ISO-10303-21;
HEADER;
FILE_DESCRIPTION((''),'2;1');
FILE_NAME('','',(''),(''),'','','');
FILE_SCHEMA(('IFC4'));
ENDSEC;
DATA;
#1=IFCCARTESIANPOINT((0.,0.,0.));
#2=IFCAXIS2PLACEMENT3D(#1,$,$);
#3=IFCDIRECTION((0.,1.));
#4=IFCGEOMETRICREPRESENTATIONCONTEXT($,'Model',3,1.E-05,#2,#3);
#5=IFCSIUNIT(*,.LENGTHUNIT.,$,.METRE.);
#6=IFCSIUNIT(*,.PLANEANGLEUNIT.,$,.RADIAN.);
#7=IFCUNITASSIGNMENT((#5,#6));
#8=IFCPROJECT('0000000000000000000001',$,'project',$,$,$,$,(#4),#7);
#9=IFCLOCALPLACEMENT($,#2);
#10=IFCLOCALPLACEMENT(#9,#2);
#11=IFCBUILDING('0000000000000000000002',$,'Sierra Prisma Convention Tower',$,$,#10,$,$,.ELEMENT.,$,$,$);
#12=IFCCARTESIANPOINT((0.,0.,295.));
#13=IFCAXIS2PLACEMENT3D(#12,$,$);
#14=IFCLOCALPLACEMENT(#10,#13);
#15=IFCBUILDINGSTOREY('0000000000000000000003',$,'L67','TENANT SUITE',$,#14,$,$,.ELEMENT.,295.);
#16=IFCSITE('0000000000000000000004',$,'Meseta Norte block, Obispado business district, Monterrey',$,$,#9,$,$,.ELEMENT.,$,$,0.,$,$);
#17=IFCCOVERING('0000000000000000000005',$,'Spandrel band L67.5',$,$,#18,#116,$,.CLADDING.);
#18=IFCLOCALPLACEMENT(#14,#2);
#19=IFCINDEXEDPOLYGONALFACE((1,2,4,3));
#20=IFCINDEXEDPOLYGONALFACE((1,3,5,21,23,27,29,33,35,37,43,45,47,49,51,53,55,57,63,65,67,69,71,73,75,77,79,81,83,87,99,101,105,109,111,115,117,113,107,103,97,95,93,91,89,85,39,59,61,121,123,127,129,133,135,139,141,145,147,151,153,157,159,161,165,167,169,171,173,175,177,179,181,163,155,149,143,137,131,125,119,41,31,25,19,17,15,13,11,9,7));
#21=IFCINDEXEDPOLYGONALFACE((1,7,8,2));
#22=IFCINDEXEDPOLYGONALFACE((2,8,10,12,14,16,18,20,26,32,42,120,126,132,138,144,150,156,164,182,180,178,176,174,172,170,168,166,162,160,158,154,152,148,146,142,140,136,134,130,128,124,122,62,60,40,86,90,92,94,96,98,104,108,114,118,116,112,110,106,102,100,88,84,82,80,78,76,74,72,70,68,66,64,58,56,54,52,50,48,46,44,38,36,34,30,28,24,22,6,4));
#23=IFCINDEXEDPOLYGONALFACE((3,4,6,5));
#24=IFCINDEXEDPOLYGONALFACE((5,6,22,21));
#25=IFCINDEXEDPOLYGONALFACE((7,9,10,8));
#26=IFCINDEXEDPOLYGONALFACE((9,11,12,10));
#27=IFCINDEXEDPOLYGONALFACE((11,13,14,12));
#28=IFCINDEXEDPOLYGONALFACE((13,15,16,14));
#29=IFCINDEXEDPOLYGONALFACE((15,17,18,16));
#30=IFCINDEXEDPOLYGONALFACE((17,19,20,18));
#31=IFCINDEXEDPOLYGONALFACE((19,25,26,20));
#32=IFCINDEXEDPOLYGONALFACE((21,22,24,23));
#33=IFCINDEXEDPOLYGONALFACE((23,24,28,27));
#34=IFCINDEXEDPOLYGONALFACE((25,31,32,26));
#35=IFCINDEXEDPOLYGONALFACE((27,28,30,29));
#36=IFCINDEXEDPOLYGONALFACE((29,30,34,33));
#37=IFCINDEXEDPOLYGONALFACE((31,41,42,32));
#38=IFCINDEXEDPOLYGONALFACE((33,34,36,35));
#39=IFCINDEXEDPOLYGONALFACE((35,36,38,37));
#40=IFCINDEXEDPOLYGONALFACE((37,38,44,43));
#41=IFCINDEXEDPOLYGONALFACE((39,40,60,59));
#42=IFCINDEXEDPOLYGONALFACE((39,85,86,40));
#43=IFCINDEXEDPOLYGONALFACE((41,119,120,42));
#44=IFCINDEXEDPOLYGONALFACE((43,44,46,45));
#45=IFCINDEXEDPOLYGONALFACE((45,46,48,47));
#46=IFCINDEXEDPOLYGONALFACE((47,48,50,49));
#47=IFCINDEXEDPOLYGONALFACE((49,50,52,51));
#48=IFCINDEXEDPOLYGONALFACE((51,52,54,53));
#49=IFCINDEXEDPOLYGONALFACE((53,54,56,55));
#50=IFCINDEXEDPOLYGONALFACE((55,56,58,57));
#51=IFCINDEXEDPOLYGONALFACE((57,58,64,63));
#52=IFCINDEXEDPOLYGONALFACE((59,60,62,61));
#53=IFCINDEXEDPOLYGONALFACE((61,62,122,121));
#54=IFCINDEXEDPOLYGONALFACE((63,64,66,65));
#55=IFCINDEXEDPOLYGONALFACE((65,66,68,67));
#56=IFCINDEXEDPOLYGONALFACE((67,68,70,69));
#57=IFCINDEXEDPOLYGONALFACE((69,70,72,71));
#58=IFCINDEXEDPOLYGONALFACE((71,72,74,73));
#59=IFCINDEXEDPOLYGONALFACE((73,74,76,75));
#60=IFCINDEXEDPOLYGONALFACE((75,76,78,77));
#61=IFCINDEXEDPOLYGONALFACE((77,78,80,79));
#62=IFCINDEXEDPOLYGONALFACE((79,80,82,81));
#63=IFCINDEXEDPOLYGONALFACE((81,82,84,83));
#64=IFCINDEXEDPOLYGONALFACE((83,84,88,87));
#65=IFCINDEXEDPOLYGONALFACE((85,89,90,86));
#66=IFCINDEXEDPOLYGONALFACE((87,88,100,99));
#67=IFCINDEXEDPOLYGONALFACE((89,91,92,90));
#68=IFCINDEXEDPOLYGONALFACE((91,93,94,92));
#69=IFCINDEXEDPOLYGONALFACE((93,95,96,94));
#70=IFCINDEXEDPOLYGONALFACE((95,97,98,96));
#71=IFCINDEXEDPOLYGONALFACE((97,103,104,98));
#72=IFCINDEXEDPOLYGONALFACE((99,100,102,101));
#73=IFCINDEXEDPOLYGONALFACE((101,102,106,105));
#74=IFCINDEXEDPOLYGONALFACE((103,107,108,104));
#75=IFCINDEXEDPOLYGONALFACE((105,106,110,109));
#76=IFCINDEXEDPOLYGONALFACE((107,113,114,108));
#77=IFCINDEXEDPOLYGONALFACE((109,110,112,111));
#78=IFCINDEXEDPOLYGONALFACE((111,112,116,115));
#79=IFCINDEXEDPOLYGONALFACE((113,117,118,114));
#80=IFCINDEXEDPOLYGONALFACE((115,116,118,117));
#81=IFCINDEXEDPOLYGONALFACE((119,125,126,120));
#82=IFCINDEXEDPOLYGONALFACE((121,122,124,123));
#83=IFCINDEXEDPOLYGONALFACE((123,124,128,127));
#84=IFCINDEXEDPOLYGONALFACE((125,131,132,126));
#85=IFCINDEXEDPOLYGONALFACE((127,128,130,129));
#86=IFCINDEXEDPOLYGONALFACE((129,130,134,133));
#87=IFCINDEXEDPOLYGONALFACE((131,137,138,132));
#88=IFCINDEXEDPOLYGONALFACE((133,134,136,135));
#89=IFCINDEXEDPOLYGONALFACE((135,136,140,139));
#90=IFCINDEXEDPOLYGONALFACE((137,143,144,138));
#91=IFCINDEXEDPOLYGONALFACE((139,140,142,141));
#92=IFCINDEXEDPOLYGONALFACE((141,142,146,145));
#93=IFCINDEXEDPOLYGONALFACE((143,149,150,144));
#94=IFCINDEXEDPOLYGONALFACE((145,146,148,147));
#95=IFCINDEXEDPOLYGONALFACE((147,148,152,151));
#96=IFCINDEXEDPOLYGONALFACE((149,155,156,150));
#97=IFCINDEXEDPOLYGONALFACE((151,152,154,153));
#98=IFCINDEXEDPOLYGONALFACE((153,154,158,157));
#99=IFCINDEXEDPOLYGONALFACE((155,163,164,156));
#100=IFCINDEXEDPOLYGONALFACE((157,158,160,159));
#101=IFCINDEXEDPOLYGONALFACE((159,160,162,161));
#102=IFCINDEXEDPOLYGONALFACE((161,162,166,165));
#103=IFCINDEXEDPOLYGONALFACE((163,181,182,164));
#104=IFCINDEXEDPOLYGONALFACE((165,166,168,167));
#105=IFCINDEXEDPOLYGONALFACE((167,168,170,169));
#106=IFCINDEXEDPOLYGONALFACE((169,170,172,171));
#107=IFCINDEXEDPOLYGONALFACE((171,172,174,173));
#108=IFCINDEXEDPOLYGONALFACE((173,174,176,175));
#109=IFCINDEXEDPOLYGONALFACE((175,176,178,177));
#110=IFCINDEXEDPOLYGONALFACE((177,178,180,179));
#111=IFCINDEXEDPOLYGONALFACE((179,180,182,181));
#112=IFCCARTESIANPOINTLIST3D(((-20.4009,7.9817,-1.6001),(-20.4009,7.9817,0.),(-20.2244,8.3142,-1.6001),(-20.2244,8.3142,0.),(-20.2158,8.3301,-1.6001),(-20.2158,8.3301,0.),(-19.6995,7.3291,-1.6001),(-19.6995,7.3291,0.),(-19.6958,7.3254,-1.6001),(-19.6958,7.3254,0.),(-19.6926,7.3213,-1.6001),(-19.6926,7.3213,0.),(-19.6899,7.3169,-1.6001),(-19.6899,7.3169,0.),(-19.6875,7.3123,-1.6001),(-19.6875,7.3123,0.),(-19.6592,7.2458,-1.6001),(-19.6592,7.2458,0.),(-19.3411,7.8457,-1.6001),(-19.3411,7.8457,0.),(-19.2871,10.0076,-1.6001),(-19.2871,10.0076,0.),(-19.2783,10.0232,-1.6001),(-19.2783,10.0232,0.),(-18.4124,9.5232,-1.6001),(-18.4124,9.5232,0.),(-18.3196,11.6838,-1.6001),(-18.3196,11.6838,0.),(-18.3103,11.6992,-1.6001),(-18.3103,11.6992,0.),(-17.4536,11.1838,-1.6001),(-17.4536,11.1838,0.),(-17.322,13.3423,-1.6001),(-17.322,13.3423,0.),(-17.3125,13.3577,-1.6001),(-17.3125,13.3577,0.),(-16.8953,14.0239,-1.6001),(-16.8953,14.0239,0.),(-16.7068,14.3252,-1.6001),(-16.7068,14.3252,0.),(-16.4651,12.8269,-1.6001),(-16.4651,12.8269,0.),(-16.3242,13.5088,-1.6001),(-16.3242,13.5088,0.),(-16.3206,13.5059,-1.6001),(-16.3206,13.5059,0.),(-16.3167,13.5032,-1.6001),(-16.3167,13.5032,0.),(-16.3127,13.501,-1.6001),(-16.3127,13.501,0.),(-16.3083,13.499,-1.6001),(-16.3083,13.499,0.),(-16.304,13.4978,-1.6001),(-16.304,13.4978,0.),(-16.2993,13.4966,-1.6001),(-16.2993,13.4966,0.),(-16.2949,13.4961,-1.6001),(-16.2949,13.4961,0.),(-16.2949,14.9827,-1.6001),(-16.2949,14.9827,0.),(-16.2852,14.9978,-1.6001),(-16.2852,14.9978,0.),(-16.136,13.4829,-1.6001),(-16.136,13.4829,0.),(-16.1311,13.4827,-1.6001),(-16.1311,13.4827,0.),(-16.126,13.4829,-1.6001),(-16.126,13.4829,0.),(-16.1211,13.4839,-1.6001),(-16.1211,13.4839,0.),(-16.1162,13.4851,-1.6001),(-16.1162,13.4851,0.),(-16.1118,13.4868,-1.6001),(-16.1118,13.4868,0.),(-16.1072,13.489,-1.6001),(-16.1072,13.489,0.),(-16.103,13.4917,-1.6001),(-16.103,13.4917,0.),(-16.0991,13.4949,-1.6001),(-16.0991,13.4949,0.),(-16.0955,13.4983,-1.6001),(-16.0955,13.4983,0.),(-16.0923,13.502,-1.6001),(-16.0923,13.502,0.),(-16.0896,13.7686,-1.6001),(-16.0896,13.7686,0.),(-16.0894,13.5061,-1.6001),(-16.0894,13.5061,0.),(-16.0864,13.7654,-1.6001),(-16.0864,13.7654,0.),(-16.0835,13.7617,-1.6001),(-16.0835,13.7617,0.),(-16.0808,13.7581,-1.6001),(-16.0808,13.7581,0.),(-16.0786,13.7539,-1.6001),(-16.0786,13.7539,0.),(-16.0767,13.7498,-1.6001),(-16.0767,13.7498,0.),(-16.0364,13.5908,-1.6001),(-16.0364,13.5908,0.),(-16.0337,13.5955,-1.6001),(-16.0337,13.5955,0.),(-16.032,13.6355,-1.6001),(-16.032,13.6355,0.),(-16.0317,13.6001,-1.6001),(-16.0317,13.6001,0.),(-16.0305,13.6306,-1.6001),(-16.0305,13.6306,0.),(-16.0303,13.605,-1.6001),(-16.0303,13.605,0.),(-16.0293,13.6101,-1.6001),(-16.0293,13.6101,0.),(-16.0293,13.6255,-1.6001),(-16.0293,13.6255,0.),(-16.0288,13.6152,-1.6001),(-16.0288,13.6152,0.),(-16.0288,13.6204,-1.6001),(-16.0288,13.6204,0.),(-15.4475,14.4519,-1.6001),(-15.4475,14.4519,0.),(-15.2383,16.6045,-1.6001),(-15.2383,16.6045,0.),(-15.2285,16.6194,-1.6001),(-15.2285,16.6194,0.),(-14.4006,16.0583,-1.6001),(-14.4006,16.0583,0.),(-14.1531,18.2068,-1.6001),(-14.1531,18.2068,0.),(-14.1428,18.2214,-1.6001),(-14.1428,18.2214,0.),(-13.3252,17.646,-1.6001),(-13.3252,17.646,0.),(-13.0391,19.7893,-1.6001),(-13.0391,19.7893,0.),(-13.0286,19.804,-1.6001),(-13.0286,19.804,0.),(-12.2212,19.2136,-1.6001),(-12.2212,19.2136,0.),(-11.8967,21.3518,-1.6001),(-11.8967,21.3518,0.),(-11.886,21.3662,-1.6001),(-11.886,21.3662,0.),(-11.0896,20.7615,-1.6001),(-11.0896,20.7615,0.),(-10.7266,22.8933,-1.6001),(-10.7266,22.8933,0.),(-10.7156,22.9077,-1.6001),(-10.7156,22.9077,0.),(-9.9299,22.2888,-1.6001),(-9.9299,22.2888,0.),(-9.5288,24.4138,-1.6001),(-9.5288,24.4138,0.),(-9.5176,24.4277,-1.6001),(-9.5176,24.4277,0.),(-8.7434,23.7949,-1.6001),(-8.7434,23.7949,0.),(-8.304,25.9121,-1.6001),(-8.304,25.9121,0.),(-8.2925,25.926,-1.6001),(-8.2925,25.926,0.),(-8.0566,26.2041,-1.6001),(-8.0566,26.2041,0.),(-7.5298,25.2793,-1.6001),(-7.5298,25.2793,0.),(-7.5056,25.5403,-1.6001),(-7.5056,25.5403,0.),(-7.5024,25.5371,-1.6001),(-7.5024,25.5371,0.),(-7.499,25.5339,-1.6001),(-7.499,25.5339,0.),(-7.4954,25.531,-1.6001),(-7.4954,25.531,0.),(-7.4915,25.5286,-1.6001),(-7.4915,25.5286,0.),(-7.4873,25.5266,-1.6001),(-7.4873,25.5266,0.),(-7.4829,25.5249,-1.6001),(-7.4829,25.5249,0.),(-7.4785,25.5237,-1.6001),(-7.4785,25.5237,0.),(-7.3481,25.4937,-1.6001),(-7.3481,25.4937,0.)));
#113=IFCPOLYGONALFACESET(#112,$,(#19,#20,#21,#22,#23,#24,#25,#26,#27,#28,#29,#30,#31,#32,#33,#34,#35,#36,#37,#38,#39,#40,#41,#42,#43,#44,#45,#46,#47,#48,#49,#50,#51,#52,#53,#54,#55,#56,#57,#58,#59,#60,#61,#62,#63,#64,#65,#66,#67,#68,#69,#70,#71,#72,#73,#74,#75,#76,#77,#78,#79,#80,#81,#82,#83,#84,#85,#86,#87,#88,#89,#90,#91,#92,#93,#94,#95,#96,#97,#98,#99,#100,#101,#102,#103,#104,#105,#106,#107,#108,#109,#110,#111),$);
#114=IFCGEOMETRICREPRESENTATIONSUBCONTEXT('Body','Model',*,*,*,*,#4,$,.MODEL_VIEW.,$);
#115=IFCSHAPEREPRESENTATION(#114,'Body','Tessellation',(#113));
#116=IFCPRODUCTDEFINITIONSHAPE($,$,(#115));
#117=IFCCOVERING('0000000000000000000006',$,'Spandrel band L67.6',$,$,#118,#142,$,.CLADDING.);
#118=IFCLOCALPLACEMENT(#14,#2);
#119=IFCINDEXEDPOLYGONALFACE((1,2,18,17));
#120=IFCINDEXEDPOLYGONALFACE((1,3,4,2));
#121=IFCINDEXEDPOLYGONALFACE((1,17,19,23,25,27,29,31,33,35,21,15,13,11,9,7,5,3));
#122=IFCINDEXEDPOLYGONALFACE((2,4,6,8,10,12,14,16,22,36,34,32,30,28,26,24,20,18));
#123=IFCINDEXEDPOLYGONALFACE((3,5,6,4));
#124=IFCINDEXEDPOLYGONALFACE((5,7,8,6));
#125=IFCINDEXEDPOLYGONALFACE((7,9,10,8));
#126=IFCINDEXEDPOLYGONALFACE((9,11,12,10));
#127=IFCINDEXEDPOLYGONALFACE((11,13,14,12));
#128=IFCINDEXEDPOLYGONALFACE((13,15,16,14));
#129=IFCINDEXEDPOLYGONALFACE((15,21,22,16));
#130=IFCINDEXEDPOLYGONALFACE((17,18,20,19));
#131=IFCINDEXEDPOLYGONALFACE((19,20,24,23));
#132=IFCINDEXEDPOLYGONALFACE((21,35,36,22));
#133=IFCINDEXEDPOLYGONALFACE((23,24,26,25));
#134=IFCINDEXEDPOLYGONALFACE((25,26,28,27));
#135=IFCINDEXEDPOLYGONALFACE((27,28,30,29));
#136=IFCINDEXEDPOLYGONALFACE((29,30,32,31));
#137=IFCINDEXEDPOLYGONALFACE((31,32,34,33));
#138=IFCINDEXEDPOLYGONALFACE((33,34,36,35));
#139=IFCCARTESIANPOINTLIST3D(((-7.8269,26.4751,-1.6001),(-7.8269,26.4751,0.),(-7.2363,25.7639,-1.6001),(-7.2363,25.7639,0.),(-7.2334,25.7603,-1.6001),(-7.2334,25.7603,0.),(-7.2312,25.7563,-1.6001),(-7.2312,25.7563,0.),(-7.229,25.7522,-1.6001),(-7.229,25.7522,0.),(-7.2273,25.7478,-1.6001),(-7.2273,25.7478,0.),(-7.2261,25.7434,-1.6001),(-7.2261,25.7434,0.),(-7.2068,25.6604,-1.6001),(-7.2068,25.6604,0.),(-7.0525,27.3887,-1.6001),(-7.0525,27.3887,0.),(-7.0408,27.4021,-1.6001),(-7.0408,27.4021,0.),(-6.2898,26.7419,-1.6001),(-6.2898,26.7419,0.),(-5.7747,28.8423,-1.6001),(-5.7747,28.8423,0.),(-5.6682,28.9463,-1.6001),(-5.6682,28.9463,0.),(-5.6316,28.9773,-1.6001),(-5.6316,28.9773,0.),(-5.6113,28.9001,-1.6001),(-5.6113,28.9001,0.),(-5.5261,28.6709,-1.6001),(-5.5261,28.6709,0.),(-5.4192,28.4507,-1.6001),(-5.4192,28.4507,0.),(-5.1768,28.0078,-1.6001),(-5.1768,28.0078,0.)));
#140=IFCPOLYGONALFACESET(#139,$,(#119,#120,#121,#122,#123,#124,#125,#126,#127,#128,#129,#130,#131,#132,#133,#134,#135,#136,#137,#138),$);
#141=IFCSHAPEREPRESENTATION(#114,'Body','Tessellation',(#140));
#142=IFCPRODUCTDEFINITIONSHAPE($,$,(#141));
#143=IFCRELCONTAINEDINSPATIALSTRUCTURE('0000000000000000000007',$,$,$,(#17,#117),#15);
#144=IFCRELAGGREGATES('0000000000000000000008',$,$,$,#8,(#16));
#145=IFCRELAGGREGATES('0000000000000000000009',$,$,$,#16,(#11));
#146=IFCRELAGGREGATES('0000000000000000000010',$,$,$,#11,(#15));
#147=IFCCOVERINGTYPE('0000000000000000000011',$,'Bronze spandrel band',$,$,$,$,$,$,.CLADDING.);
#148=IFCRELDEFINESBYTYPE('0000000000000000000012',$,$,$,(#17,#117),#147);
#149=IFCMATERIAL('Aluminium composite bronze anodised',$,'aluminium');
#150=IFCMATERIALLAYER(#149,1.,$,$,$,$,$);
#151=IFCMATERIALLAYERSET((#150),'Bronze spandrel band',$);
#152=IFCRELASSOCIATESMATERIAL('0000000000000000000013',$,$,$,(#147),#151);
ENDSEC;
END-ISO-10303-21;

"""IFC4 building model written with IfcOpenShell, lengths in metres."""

from ifc_helpers import new_model, si_unit, direction, frame, origin, place, context, subcontext, project, spatial, polyline, outline, extrude, material, layer, layer_set, type_object, element, save


model = new_model("IFC4")

# Units and contexts
model_context = context("Model", 3, precision=1e-05, world=origin(), true_north=direction((0.0, 1.0)))
body_context = subcontext(model_context, "Body", "Model", "MODEL_VIEW")
ifc_project = project(units=[si_unit("LENGTHUNIT", "METRE"), si_unit("PLANEANGLEUNIT", "RADIAN")], contexts=[model_context])

# Site, building, storey
site_placement = place(None, origin())
site = spatial("IfcSite", under=ifc_project, at=site_placement, Name="Meseta Norte block, Obispado business district, Monterrey", CompositionType="ELEMENT", RefElevation=0.0)
building_placement = place(site_placement, origin())
building = spatial("IfcBuilding", under=site, at=building_placement, Name="Sierra Prisma Convention Tower", CompositionType="ELEMENT")
storey_placement = place(building_placement, frame((0.0, 0.0, 295.0)))
storey = spatial("IfcBuildingStorey", under=building, at=storey_placement, Name="L67", Description="TENANT SUITE", CompositionType="ELEMENT", Elevation=295.0)

# Coverings
ifc_material_1 = material(Name="Aluminium composite bronze anodised", Category="aluminium")
ifc_layer_1 = layer(ifc_material_1, 1.0)
ifc_layer_set_1 = layer_set([ifc_layer_1], Name="Bronze spandrel band")
covering_type = type_object("IfcCoveringType", Name="Bronze spandrel band", PredefinedType="CLADDING", material=ifc_layer_set_1)
covering_1_placement = place(storey_placement, frame((0.0, 0.0, -1.6001)))
element("IfcCovering", 1, at=covering_1_placement, inside=storey, type_object=covering_type, Name="Spandrel band L67.5", PredefinedType="CLADDING", context=body_context, shape_type="SweptSolid", body=[
    extrude(outline(polyline([(-16.8953, 14.0239), (-16.3242, 13.5088), (-16.3206, 13.5059), (-16.3167, 13.5032), (-16.3127, 13.501), (-16.3083, 13.499), (-16.304, 13.4978), (-16.2993, 13.4966), (-16.2949, 13.4961), (-16.136, 13.4829), (-16.1311, 13.4827), (-16.126, 13.4829), (-16.1211, 13.4839), (-16.1162, 13.4851), (-16.1118, 13.4868), (-16.1072, 13.489), (-16.103, 13.4917), (-16.0991, 13.4949), (-16.0955, 13.4983), (-16.0923, 13.502), (-16.0894, 13.5061), (-16.0364, 13.5908), (-16.0337, 13.5955), (-16.0317, 13.6001), (-16.0303, 13.605), (-16.0293, 13.6101), (-16.0288, 13.6152), (-16.0288, 13.6204), (-16.0293, 13.6255), (-16.0305, 13.6306), (-16.032, 13.6355), (-16.0767, 13.7498), (-16.0786, 13.7539), (-16.0808, 13.7581), (-16.0835, 13.7617), (-16.0864, 13.7654), (-16.0896, 13.7686), (-16.7068, 14.3252), (-16.2949, 14.9827), (-16.2852, 14.9978), (-15.2383, 16.6045), (-15.2285, 16.6194), (-14.1531, 18.2068), (-14.1428, 18.2214), (-13.0391, 19.7893), (-13.0286, 19.804), (-11.8967, 21.3518), (-11.886, 21.3662), (-10.7266, 22.8933), (-10.7156, 22.9077), (-9.5288, 24.4138), (-9.5176, 24.4277), (-8.304, 25.9121), (-8.2925, 25.926), (-8.0566, 26.2041), (-7.5056, 25.5403), (-7.5024, 25.5371), (-7.499, 25.5339), (-7.4954, 25.531), (-7.4915, 25.5286), (-7.4873, 25.5266), (-7.4829, 25.5249), (-7.4785, 25.5237), (-7.3481, 25.4937), (-7.5298, 25.2793), (-8.7434, 23.7949), (-9.9299, 22.2888), (-11.0896, 20.7615), (-12.2212, 19.2136), (-13.3252, 17.646), (-14.4006, 16.0583), (-15.4475, 14.4519), (-16.4651, 12.8269), (-17.4536, 11.1838), (-18.4124, 9.5232), (-19.3411, 7.8457), (-19.6592, 7.2458), (-19.6875, 7.3123), (-19.6899, 7.3169), (-19.6926, 7.3213), (-19.6958, 7.3254), (-19.6995, 7.3291), (-20.4009, 7.9817), (-20.2244, 8.3142), (-20.2158, 8.3301), (-19.2871, 10.0076), (-19.2783, 10.0232), (-18.3196, 11.6838), (-18.3103, 11.6992), (-17.322, 13.3423), (-17.3125, 13.3577), (-16.8953, 14.0239)])), origin(), (0.0, 0.0, 1.0), 1.6001),
])
covering_2_placement = place(storey_placement, frame((0.0, 0.0, -1.6001)))
element("IfcCovering", 2, at=covering_2_placement, inside=storey, type_object=covering_type, Name="Spandrel band L67.6", PredefinedType="CLADDING", context=body_context, shape_type="SweptSolid", body=[
    extrude(outline(polyline([(-6.2898, 26.7419), (-7.2068, 25.6604), (-7.2261, 25.7434), (-7.2273, 25.7478), (-7.229, 25.7522), (-7.2312, 25.7563), (-7.2334, 25.7603), (-7.2363, 25.7639), (-7.8269, 26.4751), (-7.0525, 27.3887), (-7.0408, 27.4021), (-5.7747, 28.8423), (-5.6682, 28.9463), (-5.6316, 28.9773), (-5.6113, 28.9001), (-5.5261, 28.6709), (-5.4192, 28.4507), (-5.1768, 28.0078), (-6.2898, 26.7419)])), origin(), (0.0, 0.0, 1.0), 1.6001),
])

save(model, "model.ifc")
